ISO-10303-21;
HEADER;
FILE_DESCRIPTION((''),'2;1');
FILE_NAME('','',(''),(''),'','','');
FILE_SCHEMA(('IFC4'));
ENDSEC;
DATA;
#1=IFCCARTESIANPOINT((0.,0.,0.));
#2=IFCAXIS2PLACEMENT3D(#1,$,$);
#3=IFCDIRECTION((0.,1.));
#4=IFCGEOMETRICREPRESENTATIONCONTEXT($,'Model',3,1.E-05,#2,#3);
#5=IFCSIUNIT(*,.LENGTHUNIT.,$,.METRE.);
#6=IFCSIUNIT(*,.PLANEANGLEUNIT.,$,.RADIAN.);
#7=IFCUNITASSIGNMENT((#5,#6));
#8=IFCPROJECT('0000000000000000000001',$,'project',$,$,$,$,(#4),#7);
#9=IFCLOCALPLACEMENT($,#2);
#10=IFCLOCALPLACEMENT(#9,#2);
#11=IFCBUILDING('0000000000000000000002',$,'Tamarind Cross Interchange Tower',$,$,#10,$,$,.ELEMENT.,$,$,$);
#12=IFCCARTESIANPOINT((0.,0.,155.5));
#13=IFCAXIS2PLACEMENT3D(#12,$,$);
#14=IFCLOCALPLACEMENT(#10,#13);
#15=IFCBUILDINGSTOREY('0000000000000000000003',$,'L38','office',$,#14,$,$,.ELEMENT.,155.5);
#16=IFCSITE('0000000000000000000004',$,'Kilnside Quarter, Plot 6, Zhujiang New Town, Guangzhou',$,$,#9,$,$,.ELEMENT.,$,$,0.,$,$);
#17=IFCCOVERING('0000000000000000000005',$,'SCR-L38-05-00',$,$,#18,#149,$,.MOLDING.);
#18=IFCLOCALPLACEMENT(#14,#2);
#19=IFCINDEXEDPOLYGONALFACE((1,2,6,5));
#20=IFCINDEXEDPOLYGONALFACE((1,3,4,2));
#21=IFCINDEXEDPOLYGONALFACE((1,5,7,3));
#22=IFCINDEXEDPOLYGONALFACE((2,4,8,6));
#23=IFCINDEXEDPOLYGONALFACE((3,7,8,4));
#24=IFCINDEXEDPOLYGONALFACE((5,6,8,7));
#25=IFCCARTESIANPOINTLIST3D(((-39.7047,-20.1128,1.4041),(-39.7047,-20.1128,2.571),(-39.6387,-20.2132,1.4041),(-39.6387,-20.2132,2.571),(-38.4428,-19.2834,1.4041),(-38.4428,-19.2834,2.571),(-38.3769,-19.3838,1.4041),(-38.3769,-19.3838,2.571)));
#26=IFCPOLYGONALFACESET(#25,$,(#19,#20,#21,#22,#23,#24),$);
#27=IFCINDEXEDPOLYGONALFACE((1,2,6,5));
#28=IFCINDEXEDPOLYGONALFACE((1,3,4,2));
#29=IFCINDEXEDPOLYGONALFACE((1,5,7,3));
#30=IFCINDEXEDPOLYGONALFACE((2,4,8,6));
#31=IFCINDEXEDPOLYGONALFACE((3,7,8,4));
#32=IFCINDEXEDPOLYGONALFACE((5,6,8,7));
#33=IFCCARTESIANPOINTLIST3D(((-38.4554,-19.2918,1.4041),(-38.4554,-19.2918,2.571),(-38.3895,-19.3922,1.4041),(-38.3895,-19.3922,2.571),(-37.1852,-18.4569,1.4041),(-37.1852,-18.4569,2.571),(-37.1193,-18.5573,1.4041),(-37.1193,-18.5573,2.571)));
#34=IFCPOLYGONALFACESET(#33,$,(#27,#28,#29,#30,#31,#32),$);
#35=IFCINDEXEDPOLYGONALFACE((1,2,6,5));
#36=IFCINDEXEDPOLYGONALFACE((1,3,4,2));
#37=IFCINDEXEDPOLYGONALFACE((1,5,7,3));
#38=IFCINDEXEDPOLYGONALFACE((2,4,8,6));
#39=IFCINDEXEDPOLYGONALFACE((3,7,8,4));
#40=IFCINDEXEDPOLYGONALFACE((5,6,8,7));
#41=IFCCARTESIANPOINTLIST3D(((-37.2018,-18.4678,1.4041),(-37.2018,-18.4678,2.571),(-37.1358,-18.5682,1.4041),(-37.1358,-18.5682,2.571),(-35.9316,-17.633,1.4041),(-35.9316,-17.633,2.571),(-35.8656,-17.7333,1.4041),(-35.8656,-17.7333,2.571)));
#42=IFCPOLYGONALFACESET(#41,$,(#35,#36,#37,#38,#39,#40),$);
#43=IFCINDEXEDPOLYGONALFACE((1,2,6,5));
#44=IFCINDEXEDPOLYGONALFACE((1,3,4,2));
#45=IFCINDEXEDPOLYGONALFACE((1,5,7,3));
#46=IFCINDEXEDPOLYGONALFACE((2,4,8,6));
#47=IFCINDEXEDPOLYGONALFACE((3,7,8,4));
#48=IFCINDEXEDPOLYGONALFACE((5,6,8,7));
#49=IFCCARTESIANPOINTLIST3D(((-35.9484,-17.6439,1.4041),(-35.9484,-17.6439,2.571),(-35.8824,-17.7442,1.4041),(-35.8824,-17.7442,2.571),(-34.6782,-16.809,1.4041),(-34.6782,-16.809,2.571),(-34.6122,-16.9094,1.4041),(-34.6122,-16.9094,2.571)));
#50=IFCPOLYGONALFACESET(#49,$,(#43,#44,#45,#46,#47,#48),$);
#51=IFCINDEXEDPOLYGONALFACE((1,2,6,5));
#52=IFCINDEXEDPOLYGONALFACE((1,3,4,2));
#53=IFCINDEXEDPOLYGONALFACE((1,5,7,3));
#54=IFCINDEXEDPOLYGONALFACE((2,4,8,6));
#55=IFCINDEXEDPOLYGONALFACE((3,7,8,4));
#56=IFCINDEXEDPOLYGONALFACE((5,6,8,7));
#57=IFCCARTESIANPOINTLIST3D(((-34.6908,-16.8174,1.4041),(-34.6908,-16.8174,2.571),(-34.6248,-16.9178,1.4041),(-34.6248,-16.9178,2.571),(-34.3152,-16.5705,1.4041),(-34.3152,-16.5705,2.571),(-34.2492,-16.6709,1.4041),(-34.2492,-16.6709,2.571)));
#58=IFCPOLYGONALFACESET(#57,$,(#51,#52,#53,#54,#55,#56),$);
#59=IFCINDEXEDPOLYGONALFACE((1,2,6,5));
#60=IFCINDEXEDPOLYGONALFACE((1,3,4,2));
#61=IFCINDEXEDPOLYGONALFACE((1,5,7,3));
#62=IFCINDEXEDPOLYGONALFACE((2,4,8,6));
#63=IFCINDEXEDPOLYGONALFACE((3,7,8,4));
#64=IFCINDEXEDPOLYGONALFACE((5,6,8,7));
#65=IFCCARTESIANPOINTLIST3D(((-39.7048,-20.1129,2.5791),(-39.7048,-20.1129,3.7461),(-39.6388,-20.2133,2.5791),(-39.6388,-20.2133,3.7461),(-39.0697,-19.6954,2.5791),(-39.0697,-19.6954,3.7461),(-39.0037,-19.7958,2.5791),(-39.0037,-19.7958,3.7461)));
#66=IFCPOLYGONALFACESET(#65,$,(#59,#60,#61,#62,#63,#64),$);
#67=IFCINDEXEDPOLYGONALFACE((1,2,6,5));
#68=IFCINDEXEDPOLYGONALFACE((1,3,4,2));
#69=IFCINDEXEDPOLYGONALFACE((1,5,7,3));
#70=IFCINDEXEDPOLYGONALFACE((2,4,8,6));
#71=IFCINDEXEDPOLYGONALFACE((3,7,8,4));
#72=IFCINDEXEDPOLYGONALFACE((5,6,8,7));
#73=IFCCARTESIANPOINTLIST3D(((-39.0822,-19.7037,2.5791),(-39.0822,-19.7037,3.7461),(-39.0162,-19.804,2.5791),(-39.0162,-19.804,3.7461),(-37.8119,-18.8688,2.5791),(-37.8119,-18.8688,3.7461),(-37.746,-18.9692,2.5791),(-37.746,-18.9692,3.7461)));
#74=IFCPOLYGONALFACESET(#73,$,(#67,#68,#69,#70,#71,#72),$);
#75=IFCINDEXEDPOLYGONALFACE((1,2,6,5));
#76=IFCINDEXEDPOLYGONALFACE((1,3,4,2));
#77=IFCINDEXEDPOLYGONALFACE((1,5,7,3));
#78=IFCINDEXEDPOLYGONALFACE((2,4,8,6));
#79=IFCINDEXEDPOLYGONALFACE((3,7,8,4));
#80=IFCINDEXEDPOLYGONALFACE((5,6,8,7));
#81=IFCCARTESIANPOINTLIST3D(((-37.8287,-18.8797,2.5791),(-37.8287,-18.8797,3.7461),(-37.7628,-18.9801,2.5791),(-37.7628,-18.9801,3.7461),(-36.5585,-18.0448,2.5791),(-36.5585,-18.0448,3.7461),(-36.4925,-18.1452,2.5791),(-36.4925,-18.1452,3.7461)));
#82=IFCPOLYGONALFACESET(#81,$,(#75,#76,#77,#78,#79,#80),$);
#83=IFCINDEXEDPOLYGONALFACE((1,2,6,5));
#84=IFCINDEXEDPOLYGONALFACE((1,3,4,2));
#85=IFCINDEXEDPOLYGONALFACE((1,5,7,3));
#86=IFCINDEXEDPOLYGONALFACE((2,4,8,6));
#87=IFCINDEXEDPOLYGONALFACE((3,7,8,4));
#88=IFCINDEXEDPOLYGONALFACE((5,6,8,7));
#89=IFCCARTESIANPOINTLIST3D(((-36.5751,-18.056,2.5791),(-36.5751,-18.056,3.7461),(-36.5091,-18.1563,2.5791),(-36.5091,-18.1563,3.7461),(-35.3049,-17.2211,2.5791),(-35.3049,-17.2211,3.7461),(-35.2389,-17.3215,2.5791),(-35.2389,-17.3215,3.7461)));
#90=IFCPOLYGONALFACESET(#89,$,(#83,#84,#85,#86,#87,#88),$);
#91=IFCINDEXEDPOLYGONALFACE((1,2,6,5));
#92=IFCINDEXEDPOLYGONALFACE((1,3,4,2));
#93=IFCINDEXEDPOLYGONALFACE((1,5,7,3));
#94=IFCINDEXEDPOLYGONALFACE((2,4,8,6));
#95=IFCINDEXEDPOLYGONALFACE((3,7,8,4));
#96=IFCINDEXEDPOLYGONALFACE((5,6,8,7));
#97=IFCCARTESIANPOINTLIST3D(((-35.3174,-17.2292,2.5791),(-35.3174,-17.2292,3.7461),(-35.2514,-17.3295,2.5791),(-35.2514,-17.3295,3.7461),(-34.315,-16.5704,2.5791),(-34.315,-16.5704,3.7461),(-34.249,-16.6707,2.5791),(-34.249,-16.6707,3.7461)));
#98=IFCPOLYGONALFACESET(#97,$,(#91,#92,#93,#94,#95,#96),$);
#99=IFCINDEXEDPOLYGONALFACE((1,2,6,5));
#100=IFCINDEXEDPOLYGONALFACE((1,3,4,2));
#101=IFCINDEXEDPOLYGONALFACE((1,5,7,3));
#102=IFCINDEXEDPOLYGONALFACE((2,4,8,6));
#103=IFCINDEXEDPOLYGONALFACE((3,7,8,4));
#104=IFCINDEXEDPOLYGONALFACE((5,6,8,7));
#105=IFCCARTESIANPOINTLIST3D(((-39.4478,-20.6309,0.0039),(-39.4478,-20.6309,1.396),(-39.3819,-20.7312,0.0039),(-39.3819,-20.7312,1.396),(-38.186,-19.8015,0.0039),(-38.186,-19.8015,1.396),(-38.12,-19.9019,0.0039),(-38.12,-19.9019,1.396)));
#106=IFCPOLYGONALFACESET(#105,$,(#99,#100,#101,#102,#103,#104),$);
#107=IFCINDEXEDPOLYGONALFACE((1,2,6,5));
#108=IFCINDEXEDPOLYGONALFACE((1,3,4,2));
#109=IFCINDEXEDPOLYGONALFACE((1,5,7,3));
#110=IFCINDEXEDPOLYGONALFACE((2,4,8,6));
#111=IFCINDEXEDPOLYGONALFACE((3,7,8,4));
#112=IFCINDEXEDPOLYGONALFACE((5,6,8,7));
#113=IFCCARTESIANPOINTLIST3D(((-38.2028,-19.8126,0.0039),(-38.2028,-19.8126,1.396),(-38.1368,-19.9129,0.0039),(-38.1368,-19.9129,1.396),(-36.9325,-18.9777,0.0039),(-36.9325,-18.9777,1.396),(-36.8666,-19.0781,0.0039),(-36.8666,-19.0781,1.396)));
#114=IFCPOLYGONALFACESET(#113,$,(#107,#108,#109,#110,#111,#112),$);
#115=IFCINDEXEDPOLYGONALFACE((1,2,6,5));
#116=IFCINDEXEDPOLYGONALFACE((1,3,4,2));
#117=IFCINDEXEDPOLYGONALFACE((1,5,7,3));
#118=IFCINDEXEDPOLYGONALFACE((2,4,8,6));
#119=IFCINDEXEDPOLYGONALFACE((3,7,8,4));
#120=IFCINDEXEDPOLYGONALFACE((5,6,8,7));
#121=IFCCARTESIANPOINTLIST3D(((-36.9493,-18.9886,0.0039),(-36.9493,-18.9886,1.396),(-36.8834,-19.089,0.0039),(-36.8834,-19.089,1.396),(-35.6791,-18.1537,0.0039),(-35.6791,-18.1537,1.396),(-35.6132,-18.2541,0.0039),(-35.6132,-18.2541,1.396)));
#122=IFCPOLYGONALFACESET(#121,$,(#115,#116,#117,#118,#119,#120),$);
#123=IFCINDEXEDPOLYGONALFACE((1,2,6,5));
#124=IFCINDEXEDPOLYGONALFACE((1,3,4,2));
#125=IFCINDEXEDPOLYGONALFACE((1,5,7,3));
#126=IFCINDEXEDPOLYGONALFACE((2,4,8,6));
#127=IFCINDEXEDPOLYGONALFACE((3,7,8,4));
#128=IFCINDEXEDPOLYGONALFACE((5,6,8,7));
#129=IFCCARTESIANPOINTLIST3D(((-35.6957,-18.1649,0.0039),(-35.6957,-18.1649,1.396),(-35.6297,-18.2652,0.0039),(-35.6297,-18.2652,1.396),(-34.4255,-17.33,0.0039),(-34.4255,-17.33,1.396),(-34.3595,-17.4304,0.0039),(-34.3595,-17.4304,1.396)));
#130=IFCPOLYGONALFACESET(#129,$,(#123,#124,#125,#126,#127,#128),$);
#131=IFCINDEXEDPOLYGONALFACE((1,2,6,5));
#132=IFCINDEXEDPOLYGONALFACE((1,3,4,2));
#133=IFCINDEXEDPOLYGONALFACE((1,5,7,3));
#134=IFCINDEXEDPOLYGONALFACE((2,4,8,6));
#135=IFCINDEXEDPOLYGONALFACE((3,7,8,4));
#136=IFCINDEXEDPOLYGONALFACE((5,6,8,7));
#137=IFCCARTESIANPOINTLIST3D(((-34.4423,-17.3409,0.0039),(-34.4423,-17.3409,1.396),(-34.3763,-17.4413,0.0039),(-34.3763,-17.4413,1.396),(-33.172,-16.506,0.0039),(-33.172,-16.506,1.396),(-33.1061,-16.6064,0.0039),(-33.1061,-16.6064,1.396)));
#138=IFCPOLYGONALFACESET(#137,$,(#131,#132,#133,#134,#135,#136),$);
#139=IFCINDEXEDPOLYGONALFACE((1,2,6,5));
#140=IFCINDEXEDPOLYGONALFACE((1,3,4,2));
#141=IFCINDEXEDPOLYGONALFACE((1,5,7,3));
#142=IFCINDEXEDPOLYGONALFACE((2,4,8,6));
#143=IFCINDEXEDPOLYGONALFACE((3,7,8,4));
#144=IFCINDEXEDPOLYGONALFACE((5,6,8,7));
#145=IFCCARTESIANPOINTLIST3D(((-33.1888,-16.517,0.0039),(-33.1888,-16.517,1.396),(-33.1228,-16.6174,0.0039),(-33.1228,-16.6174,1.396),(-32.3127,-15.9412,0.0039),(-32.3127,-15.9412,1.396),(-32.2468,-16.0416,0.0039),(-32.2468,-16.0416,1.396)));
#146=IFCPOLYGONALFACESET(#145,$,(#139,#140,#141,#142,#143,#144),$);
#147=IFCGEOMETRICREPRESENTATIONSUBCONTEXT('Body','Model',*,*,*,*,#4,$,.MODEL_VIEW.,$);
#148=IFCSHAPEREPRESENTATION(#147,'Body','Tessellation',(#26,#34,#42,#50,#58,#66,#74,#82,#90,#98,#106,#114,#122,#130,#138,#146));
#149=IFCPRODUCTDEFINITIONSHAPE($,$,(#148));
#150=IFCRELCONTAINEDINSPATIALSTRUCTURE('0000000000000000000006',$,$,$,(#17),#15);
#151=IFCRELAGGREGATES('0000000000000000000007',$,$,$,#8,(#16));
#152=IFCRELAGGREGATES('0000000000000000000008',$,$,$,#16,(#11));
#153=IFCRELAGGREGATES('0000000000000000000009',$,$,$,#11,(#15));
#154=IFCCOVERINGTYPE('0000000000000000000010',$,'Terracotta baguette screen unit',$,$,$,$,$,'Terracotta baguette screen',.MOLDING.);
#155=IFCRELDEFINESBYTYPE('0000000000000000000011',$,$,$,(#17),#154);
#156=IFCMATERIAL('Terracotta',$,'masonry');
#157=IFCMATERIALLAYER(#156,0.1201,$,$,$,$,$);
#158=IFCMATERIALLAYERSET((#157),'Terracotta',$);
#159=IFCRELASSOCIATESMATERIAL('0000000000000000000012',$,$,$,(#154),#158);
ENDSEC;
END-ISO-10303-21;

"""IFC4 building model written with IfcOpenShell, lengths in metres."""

from ifc_helpers import new_model, si_unit, direction, frame, origin, origin_2d, place, context, subcontext, project, spatial, rectangle, extrude, material, layer, layer_set, type_object, element, save


model = new_model("IFC4")

# Units and contexts
model_context = context("Model", 3, precision=1e-05, world=origin(), true_north=direction((0.0, 1.0)))
body_context = subcontext(model_context, "Body", "Model", "MODEL_VIEW")
ifc_project = project(units=[si_unit("LENGTHUNIT", "METRE"), si_unit("PLANEANGLEUNIT", "RADIAN")], contexts=[model_context])

# Site, building, storey
site_placement = place(None, origin())
site = spatial("IfcSite", under=ifc_project, at=site_placement, Name="Kilnside Quarter, Plot 6, Zhujiang New Town, Guangzhou", CompositionType="ELEMENT", RefElevation=0.0)
building_placement = place(site_placement, origin())
building = spatial("IfcBuilding", under=site, at=building_placement, Name="Tamarind Cross Interchange Tower", CompositionType="ELEMENT")
storey_placement = place(building_placement, frame((0.0, 0.0, 155.5)))
storey = spatial("IfcBuildingStorey", under=building, at=storey_placement, Name="L38", Description="office", CompositionType="ELEMENT", Elevation=155.5)

# Covering
ifc_material_1 = material(Name="Terracotta", Category="masonry")
ifc_layer_1 = layer(ifc_material_1, 0.1201)
ifc_layer_set_1 = layer_set([ifc_layer_1], Name="Terracotta")
covering_type = type_object("IfcCoveringType", Name="Terracotta baguette screen unit", ElementType="Terracotta baguette screen", PredefinedType="MOLDING", material=ifc_layer_set_1)
covering_1_placement = place(storey_placement, origin())
element("IfcCovering", 1, at=covering_1_placement, inside=storey, type_object=covering_type, Name="SCR-L38-05-00", PredefinedType="MOLDING", context=body_context, shape_type="SweptSolid", body=[
    extrude(rectangle(XDim=1.51, YDim=0.1201, at=origin_2d()), frame((-39.0408, -19.7483, 1.4041), z_axis=(0.0, 0.0, 1.0), x_axis=(0.83566, 0.549248, 0.0)), (0.0, 0.0, 1.0), 1.167),
    extrude(rectangle(XDim=1.52, YDim=0.1201, at=origin_2d()), frame((-37.7874, -18.9246, 1.4041), z_axis=(0.0, 0.0, 1.0), x_axis=(0.83566, 0.549248, 0.0)), (0.0, 0.0, 1.0), 1.167),
    extrude(rectangle(XDim=1.52, YDim=0.1201, at=origin_2d()), frame((-36.5337, -18.1006, 1.4041), z_axis=(0.0, 0.0, 1.0), x_axis=(0.83566, 0.549248, 0.0)), (0.0, 0.0, 1.0), 1.167),
    extrude(rectangle(XDim=1.52, YDim=0.1201, at=origin_2d()), frame((-35.2803, -17.2766, 1.4041), z_axis=(0.0, 0.0, 1.0), x_axis=(0.83566, 0.549248, 0.0)), (0.0, 0.0, 1.0), 1.167),
    extrude(rectangle(XDim=0.4495, YDim=0.1201, at=origin_2d()), frame((-34.47, -16.7441, 1.4041), z_axis=(0.0, 0.0, 1.0), x_axis=(0.83566, 0.549248, 0.0)), (0.0, 0.0, 1.0), 1.167),
    extrude(rectangle(XDim=0.76, YDim=0.1201, at=origin_2d()), frame((-39.3542, -19.9543, 2.5791), z_axis=(0.0, 0.0, 1.0), x_axis=(0.83566, 0.549248, 0.0)), (0.0, 0.0, 1.0), 1.167),
    extrude(rectangle(XDim=1.52, YDim=0.1201, at=origin_2d()), frame((-38.4141, -19.3364, 2.5791), z_axis=(0.0, 0.0, 1.0), x_axis=(0.83566, 0.549248, 0.0)), (0.0, 0.0, 1.0), 1.167),
    extrude(rectangle(XDim=1.52, YDim=0.1201, at=origin_2d()), frame((-37.1606, -18.5125, 2.5791), z_axis=(0.0, 0.0, 1.0), x_axis=(0.83566, 0.549248, 0.0)), (0.0, 0.0, 1.0), 1.167),
    extrude(rectangle(XDim=1.52, YDim=0.1201, at=origin_2d()), frame((-35.907, -17.6887, 2.5791), z_axis=(0.0, 0.0, 1.0), x_axis=(0.83566, 0.549248, 0.0)), (0.0, 0.0, 1.0), 1.167),
    extrude(rectangle(XDim=1.1995, YDim=0.1201, at=origin_2d()), frame((-34.7832, -16.95, 2.5791), z_axis=(0.0, 0.0, 1.0), x_axis=(0.83566, 0.549248, 0.0)), (0.0, 0.0, 1.0), 1.167),
    extrude(rectangle(XDim=1.51, YDim=0.1201, at=origin_2d()), frame((-38.7839, -20.2664, 0.0039), z_axis=(0.0, 0.0, 1.0), x_axis=(0.83566, 0.549248, 0.0)), (0.0, 0.0, 1.0), 1.3921),
    extrude(rectangle(XDim=1.52, YDim=0.1201, at=origin_2d()), frame((-37.5347, -19.4453, 0.0039), z_axis=(0.0, 0.0, 1.0), x_axis=(0.83566, 0.549248, 0.0)), (0.0, 0.0, 1.0), 1.3921),
    extrude(rectangle(XDim=1.52, YDim=0.1201, at=origin_2d()), frame((-36.2812, -18.6213, 0.0039), z_axis=(0.0, 0.0, 1.0), x_axis=(0.83566, 0.549248, 0.0)), (0.0, 0.0, 1.0), 1.3921),
    extrude(rectangle(XDim=1.52, YDim=0.1201, at=origin_2d()), frame((-35.0276, -17.7976, 0.0039), z_axis=(0.0, 0.0, 1.0), x_axis=(0.83566, 0.549248, 0.0)), (0.0, 0.0, 1.0), 1.3921),
    extrude(rectangle(XDim=1.52, YDim=0.1201, at=origin_2d()), frame((-33.7742, -16.9736, 0.0039), z_axis=(0.0, 0.0, 1.0), x_axis=(0.83566, 0.549248, 0.0)), (0.0, 0.0, 1.0), 1.3921),
    extrude(rectangle(XDim=1.0483, YDim=0.1201, at=origin_2d()), frame((-32.7178, -16.2793, 0.0039), z_axis=(0.0, 0.0, 1.0), x_axis=(0.83566, 0.549248, 0.0)), (0.0, 0.0, 1.0), 1.3921),
])

save(model, "model.ifc")
